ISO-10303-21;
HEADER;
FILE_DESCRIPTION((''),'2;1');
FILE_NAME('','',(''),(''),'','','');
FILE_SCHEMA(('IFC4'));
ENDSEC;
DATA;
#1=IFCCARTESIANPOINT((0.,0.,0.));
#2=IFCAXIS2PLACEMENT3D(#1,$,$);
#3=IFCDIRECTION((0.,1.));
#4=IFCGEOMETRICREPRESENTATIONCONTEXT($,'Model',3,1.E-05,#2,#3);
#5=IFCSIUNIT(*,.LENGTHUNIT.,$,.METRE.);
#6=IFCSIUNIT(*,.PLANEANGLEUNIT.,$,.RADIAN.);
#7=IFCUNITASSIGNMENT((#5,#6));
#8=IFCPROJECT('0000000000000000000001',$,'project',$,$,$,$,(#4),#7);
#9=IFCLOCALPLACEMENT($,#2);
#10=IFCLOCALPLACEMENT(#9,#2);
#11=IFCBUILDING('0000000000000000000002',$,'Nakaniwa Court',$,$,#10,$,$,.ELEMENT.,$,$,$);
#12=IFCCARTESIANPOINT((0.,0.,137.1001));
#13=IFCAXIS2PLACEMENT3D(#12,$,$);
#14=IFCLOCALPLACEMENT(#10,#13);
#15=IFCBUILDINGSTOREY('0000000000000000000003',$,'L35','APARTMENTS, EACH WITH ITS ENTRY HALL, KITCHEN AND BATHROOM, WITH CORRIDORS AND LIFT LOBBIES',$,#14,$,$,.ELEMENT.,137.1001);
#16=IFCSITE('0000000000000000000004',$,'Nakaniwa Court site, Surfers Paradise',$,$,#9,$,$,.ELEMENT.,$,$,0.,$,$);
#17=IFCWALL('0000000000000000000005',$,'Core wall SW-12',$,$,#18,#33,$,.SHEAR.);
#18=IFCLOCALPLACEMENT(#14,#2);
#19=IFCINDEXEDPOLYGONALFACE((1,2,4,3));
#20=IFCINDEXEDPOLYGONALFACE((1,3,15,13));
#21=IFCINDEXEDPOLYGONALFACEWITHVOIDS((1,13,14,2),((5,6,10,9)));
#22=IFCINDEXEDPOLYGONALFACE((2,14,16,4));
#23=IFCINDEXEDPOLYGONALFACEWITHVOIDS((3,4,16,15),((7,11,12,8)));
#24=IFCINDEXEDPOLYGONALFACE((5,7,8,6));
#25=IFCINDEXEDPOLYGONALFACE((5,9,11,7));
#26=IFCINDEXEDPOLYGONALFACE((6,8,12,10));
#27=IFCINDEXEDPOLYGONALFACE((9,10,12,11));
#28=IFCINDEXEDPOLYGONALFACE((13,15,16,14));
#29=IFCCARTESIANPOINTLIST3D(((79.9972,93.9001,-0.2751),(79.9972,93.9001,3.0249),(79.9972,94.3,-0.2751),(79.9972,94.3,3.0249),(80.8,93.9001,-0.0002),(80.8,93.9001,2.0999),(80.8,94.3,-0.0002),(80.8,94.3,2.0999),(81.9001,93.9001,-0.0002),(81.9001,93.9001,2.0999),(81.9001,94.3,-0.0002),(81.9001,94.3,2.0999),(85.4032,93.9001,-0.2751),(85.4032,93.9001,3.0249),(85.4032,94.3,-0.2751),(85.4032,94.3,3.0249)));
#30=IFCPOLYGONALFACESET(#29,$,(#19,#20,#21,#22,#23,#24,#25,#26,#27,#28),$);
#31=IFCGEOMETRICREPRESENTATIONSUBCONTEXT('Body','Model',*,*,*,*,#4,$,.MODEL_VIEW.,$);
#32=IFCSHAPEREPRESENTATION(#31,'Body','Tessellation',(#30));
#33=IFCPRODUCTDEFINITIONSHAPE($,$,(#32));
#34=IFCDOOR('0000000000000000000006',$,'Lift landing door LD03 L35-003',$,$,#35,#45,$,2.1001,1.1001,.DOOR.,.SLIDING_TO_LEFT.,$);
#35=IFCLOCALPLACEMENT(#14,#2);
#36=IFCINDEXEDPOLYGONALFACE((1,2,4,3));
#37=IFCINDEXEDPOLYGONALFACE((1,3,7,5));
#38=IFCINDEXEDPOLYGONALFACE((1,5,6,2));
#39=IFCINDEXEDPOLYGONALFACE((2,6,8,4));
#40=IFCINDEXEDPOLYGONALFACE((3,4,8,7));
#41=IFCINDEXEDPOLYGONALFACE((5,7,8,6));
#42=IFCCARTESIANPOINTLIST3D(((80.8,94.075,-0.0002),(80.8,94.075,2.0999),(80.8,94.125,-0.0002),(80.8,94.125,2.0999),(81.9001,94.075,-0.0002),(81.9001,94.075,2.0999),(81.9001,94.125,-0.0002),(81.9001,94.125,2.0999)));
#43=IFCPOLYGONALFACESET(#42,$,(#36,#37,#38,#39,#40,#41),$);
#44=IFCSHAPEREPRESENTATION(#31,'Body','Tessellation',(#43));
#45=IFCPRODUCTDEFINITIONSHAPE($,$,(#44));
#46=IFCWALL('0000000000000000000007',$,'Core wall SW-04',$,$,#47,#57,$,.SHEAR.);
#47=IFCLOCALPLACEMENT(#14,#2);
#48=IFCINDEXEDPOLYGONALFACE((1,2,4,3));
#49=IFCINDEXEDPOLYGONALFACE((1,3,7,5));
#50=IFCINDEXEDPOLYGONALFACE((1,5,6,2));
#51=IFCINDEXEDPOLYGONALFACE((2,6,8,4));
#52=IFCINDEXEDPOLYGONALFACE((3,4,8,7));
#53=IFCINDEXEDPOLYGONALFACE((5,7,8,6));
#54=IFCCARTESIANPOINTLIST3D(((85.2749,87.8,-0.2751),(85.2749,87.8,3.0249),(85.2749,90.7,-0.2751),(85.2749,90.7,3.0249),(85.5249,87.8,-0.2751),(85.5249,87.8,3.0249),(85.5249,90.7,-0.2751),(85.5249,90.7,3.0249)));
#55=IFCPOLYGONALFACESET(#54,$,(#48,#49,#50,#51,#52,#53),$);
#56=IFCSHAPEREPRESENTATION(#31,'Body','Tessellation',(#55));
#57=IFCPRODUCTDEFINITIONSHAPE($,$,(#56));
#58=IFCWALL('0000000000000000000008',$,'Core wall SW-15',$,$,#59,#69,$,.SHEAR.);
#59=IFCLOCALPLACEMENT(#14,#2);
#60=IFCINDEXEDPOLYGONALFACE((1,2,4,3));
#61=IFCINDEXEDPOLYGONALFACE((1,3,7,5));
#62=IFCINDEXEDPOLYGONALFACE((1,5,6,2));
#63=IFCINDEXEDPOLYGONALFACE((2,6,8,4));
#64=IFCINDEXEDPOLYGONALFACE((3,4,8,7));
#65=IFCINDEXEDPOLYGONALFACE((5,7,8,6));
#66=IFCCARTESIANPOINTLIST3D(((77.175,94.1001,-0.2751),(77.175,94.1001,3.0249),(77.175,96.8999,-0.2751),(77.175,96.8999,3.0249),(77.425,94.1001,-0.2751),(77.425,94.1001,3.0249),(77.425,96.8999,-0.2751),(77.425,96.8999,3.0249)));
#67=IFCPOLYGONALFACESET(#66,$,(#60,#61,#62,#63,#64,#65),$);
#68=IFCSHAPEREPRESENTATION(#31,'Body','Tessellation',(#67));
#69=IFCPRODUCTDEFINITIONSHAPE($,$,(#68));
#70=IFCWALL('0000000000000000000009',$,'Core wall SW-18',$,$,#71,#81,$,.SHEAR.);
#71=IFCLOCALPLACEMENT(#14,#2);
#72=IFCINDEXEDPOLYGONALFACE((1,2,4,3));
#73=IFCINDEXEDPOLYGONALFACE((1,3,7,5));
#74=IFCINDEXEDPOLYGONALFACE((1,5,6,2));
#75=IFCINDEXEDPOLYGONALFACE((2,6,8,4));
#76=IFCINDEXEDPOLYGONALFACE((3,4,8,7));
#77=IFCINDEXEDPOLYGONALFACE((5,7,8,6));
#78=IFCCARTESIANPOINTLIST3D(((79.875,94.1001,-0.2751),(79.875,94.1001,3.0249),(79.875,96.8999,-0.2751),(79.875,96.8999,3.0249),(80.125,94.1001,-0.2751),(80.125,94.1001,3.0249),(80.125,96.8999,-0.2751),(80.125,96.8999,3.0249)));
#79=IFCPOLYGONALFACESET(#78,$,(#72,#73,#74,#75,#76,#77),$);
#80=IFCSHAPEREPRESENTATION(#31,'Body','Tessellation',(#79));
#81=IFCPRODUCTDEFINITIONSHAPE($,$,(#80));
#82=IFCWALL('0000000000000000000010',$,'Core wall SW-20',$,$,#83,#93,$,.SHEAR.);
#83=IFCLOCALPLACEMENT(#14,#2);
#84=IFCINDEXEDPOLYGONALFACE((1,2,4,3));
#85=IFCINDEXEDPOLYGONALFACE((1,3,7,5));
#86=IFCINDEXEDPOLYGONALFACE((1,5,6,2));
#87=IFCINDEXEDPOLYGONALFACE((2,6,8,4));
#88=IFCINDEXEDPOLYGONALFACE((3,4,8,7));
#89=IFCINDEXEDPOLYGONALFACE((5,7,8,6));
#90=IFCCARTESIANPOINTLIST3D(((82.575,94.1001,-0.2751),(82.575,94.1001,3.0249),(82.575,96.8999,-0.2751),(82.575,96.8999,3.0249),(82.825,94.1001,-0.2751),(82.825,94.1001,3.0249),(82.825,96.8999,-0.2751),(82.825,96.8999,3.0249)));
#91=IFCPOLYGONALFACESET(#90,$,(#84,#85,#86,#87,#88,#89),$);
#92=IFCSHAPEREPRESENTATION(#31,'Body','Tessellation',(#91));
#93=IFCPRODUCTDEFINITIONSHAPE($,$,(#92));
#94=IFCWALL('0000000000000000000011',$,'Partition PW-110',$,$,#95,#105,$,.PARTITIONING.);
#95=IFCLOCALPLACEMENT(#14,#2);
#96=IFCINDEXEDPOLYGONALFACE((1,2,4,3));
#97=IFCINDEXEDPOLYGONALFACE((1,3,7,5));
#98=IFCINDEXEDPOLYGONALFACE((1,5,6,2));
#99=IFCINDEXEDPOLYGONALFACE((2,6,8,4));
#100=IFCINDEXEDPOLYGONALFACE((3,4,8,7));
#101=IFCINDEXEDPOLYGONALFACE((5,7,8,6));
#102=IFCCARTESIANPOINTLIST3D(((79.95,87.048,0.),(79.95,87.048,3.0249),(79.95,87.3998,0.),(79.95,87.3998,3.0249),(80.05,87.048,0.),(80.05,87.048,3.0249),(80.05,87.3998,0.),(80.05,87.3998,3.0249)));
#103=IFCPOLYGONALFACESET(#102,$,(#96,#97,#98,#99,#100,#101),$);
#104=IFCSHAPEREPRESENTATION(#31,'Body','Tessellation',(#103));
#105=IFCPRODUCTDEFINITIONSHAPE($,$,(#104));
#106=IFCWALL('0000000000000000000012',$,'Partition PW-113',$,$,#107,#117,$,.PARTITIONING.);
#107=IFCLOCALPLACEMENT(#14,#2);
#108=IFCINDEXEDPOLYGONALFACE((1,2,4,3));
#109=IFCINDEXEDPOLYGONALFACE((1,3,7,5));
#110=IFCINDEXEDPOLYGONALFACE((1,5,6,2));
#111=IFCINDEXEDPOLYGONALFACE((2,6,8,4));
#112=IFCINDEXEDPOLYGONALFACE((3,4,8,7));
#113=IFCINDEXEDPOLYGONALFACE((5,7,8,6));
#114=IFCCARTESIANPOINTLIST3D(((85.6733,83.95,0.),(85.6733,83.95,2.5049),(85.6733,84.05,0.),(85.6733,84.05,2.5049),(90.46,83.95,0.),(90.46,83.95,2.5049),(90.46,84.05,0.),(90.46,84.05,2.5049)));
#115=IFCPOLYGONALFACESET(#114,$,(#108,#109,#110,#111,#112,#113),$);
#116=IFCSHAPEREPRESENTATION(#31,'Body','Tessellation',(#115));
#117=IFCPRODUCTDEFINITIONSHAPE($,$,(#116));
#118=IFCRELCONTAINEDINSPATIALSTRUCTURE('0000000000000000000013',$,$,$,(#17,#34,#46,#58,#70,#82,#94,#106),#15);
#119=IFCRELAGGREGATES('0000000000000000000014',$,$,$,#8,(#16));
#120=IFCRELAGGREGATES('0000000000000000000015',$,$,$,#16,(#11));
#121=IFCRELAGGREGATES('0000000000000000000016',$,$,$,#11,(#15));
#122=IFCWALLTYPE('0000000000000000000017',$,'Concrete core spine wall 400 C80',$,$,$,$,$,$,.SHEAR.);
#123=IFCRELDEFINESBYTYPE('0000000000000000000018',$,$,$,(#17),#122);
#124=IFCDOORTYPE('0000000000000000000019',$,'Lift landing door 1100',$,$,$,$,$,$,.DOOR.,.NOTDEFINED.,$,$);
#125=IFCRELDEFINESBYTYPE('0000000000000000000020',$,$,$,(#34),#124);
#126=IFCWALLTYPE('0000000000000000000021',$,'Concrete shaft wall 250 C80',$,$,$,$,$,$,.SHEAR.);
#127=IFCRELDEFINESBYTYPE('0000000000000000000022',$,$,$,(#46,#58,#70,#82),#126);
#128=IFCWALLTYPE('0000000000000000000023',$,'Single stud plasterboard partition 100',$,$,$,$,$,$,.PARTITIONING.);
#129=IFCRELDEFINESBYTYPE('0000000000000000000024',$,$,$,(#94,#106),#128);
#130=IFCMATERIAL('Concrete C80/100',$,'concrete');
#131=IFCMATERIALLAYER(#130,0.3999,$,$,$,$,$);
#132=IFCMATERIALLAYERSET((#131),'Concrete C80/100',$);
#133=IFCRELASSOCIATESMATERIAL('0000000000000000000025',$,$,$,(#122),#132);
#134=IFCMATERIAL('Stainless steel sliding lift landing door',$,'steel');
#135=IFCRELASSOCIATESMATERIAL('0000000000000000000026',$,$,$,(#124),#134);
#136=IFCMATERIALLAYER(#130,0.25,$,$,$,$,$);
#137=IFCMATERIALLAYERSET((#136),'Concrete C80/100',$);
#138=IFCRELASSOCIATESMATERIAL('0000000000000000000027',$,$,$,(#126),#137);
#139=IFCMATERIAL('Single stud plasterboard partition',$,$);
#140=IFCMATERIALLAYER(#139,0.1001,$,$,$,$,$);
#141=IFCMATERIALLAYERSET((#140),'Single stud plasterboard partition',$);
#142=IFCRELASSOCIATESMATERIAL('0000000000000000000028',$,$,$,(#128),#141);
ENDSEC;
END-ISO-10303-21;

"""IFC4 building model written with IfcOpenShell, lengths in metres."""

from ifc_helpers import new_model, si_unit, direction, frame, frame_2d, origin, place, context, subcontext, project, spatial, rectangle, extrude, material, layer, layer_set, type_object, element, fill, save


model = new_model("IFC4")

# Units and contexts
model_context = context("Model", 3, precision=1e-05, world=origin(), true_north=direction((0.0, 1.0)))
body_context = subcontext(model_context, "Body", "Model", "MODEL_VIEW")
ifc_project = project(units=[si_unit("LENGTHUNIT", "METRE"), si_unit("PLANEANGLEUNIT", "RADIAN")], contexts=[model_context])

# Site, building, storey
site_placement = place(None, origin())
site = spatial("IfcSite", under=ifc_project, at=site_placement, Name="Nakaniwa Court site, Surfers Paradise", CompositionType="ELEMENT", RefElevation=0.0)
building_placement = place(site_placement, origin())
building = spatial("IfcBuilding", under=site, at=building_placement, Name="Nakaniwa Court", CompositionType="ELEMENT")
storey_placement = place(building_placement, frame((0.0, 0.0, 137.1001)))
storey = spatial("IfcBuildingStorey", under=building, at=storey_placement, Name="L35", Description="APARTMENTS, EACH WITH ITS ENTRY HALL, KITCHEN AND BATHROOM, WITH CORRIDORS AND LIFT LOBBIES", CompositionType="ELEMENT", Elevation=137.1001)

# Shared definitions
ifc_material_1 = material(Name="Concrete C80/100", Category="concrete")

# Wall, opening, door
ifc_layer_1 = layer(ifc_material_1, 0.3999)
ifc_layer_set_1 = layer_set([ifc_layer_1], Name="Concrete C80/100")
wall_type_1 = type_object("IfcWallType", Name="Concrete core spine wall 400 C80", PredefinedType="SHEAR", material=ifc_layer_set_1)
ifc_material_2 = material(Name="Stainless steel sliding lift landing door", Category="steel")
door_type_1 = type_object("IfcDoorType", Name="Lift landing door 1100", OperationType="NOTDEFINED", PredefinedType="DOOR", material=ifc_material_2)
wall_1_placement = place(storey_placement, frame((79.9971, 94.1001, -0.2751), z_axis=(0.0, 0.0, 1.0), x_axis=(1.0, 0.0, 0.0)))
wall_1 = element("IfcWall", 1, at=wall_1_placement, inside=storey, type_object=wall_type_1, Name="Core wall SW-12", PredefinedType="SHEAR", context=body_context, shape_type="SweptSolid", body=[
    extrude(rectangle(XDim=5.406, YDim=0.3999, at=frame_2d((2.7031, 0.0))), origin(), (0.0, 0.0, 1.0), 3.3),
])
opening_1_placement = place(wall_1_placement, frame((0.803, 0.0, 0.2749)))
opening_1 = element("IfcOpeningElement", 2, at=opening_1_placement, cuts=wall_1, PredefinedType="OPENING", context=body_context, shape_type="SweptSolid", body=[
    extrude(rectangle(XDim=1.1001, YDim=2.1001, at=frame_2d((0.55, 1.05))), frame((0.0, 0.21, 0.0), z_axis=(0.0, -1.0, 0.0), x_axis=(1.0, 0.0, 0.0)), (0.0, 0.0, 1.0), 0.4199),
])
door_1_placement = place(opening_1_placement, origin())
door_1 = element("IfcDoor", 3, at=door_1_placement, inside=storey, type_object=door_type_1, Name="Lift landing door LD03 L35-003", OperationType="SLIDING_TO_LEFT", OverallHeight=2.1001, OverallWidth=1.1001, PredefinedType="DOOR", context=body_context, shape_type="SweptSolid", body=[
    extrude(rectangle(XDim=1.1001, YDim=2.1001, at=frame_2d((0.55, 1.05))), frame((0.0, 0.0249, 0.0), z_axis=(0.0, -1.0, 0.0), x_axis=(1.0, 0.0, 0.0)), (0.0, 0.0, 1.0), 0.05),
])
fill(opening_1, door_1)

# Walls
ifc_layer_2 = layer(ifc_material_1, 0.25)
ifc_layer_set_2 = layer_set([ifc_layer_2], Name="Concrete C80/100")
wall_type_2 = type_object("IfcWallType", Name="Concrete shaft wall 250 C80", PredefinedType="SHEAR", material=ifc_layer_set_2)
wall_2_placement = place(storey_placement, frame((85.3999, 87.8, -0.2751), z_axis=(0.0, 0.0, 1.0), x_axis=(0.0, 1.0, 0.0)))
element("IfcWall", 4, at=wall_2_placement, inside=storey, type_object=wall_type_2, Name="Core wall SW-04", PredefinedType="SHEAR", context=body_context, shape_type="SweptSolid", body=[
    extrude(rectangle(XDim=2.8999, YDim=0.25, at=frame_2d((1.45, 0.0))), origin(), (0.0, 0.0, 1.0), 3.3),
])
for number, where, z_axis, x_axis, name in (
    (5, (77.3, 94.1001, -0.2751), (0.0, 0.0, 1.0), (0.0, 1.0, 0.0), "Core wall SW-15"),
    (6, (80.0, 94.1001, -0.2751), (0.0, 0.0, 1.0), (0.0, 1.0, 0.0), "Core wall SW-18"),
    (7, (82.7, 94.1001, -0.2751), (0.0, 0.0, 1.0), (0.0, 1.0, 0.0), "Core wall SW-20"),
):
    element("IfcWall", number, at=place(storey_placement, frame(where, z_axis=z_axis, x_axis=x_axis)), inside=storey, type_object=wall_type_2, Name=name, PredefinedType="SHEAR", context=body_context, shape_type="SweptSolid", body=[
        extrude(rectangle(XDim=2.7998, YDim=0.25, at=frame_2d((1.3999, 0.0))), origin(), (0.0, 0.0, 1.0), 3.3),
    ])
ifc_material_3 = material(Name="Single stud plasterboard partition")
ifc_layer_3 = layer(ifc_material_3, 0.1001)
ifc_layer_set_3 = layer_set([ifc_layer_3], Name="Single stud plasterboard partition")
wall_type_3 = type_object("IfcWallType", Name="Single stud plasterboard partition 100", PredefinedType="PARTITIONING", material=ifc_layer_set_3)
wall_3_placement = place(storey_placement, frame((80.0, 87.0481, 0.0), z_axis=(0.0, 0.0, 1.0), x_axis=(0.0, 1.0, 0.0)))
element("IfcWall", 8, at=wall_3_placement, inside=storey, type_object=wall_type_3, Name="Partition PW-110", PredefinedType="PARTITIONING", context=body_context, shape_type="SweptSolid", body=[
    extrude(rectangle(XDim=0.3518, YDim=0.1001, at=frame_2d((0.1758, 0.0))), origin(), (0.0, 0.0, 1.0), 3.0249),
])
wall_4_placement = place(storey_placement, frame((85.6733, 84.0, 0.0), z_axis=(0.0, 0.0, 1.0), x_axis=(1.0, 0.0, 0.0)))
element("IfcWall", 9, at=wall_4_placement, inside=storey, type_object=wall_type_3, Name="Partition PW-113", PredefinedType="PARTITIONING", context=body_context, shape_type="SweptSolid", body=[
    extrude(rectangle(XDim=4.7866, YDim=0.1001, at=frame_2d((2.3933, 0.0))), origin(), (0.0, 0.0, 1.0), 2.5049),
])

save(model, "model.ifc")
